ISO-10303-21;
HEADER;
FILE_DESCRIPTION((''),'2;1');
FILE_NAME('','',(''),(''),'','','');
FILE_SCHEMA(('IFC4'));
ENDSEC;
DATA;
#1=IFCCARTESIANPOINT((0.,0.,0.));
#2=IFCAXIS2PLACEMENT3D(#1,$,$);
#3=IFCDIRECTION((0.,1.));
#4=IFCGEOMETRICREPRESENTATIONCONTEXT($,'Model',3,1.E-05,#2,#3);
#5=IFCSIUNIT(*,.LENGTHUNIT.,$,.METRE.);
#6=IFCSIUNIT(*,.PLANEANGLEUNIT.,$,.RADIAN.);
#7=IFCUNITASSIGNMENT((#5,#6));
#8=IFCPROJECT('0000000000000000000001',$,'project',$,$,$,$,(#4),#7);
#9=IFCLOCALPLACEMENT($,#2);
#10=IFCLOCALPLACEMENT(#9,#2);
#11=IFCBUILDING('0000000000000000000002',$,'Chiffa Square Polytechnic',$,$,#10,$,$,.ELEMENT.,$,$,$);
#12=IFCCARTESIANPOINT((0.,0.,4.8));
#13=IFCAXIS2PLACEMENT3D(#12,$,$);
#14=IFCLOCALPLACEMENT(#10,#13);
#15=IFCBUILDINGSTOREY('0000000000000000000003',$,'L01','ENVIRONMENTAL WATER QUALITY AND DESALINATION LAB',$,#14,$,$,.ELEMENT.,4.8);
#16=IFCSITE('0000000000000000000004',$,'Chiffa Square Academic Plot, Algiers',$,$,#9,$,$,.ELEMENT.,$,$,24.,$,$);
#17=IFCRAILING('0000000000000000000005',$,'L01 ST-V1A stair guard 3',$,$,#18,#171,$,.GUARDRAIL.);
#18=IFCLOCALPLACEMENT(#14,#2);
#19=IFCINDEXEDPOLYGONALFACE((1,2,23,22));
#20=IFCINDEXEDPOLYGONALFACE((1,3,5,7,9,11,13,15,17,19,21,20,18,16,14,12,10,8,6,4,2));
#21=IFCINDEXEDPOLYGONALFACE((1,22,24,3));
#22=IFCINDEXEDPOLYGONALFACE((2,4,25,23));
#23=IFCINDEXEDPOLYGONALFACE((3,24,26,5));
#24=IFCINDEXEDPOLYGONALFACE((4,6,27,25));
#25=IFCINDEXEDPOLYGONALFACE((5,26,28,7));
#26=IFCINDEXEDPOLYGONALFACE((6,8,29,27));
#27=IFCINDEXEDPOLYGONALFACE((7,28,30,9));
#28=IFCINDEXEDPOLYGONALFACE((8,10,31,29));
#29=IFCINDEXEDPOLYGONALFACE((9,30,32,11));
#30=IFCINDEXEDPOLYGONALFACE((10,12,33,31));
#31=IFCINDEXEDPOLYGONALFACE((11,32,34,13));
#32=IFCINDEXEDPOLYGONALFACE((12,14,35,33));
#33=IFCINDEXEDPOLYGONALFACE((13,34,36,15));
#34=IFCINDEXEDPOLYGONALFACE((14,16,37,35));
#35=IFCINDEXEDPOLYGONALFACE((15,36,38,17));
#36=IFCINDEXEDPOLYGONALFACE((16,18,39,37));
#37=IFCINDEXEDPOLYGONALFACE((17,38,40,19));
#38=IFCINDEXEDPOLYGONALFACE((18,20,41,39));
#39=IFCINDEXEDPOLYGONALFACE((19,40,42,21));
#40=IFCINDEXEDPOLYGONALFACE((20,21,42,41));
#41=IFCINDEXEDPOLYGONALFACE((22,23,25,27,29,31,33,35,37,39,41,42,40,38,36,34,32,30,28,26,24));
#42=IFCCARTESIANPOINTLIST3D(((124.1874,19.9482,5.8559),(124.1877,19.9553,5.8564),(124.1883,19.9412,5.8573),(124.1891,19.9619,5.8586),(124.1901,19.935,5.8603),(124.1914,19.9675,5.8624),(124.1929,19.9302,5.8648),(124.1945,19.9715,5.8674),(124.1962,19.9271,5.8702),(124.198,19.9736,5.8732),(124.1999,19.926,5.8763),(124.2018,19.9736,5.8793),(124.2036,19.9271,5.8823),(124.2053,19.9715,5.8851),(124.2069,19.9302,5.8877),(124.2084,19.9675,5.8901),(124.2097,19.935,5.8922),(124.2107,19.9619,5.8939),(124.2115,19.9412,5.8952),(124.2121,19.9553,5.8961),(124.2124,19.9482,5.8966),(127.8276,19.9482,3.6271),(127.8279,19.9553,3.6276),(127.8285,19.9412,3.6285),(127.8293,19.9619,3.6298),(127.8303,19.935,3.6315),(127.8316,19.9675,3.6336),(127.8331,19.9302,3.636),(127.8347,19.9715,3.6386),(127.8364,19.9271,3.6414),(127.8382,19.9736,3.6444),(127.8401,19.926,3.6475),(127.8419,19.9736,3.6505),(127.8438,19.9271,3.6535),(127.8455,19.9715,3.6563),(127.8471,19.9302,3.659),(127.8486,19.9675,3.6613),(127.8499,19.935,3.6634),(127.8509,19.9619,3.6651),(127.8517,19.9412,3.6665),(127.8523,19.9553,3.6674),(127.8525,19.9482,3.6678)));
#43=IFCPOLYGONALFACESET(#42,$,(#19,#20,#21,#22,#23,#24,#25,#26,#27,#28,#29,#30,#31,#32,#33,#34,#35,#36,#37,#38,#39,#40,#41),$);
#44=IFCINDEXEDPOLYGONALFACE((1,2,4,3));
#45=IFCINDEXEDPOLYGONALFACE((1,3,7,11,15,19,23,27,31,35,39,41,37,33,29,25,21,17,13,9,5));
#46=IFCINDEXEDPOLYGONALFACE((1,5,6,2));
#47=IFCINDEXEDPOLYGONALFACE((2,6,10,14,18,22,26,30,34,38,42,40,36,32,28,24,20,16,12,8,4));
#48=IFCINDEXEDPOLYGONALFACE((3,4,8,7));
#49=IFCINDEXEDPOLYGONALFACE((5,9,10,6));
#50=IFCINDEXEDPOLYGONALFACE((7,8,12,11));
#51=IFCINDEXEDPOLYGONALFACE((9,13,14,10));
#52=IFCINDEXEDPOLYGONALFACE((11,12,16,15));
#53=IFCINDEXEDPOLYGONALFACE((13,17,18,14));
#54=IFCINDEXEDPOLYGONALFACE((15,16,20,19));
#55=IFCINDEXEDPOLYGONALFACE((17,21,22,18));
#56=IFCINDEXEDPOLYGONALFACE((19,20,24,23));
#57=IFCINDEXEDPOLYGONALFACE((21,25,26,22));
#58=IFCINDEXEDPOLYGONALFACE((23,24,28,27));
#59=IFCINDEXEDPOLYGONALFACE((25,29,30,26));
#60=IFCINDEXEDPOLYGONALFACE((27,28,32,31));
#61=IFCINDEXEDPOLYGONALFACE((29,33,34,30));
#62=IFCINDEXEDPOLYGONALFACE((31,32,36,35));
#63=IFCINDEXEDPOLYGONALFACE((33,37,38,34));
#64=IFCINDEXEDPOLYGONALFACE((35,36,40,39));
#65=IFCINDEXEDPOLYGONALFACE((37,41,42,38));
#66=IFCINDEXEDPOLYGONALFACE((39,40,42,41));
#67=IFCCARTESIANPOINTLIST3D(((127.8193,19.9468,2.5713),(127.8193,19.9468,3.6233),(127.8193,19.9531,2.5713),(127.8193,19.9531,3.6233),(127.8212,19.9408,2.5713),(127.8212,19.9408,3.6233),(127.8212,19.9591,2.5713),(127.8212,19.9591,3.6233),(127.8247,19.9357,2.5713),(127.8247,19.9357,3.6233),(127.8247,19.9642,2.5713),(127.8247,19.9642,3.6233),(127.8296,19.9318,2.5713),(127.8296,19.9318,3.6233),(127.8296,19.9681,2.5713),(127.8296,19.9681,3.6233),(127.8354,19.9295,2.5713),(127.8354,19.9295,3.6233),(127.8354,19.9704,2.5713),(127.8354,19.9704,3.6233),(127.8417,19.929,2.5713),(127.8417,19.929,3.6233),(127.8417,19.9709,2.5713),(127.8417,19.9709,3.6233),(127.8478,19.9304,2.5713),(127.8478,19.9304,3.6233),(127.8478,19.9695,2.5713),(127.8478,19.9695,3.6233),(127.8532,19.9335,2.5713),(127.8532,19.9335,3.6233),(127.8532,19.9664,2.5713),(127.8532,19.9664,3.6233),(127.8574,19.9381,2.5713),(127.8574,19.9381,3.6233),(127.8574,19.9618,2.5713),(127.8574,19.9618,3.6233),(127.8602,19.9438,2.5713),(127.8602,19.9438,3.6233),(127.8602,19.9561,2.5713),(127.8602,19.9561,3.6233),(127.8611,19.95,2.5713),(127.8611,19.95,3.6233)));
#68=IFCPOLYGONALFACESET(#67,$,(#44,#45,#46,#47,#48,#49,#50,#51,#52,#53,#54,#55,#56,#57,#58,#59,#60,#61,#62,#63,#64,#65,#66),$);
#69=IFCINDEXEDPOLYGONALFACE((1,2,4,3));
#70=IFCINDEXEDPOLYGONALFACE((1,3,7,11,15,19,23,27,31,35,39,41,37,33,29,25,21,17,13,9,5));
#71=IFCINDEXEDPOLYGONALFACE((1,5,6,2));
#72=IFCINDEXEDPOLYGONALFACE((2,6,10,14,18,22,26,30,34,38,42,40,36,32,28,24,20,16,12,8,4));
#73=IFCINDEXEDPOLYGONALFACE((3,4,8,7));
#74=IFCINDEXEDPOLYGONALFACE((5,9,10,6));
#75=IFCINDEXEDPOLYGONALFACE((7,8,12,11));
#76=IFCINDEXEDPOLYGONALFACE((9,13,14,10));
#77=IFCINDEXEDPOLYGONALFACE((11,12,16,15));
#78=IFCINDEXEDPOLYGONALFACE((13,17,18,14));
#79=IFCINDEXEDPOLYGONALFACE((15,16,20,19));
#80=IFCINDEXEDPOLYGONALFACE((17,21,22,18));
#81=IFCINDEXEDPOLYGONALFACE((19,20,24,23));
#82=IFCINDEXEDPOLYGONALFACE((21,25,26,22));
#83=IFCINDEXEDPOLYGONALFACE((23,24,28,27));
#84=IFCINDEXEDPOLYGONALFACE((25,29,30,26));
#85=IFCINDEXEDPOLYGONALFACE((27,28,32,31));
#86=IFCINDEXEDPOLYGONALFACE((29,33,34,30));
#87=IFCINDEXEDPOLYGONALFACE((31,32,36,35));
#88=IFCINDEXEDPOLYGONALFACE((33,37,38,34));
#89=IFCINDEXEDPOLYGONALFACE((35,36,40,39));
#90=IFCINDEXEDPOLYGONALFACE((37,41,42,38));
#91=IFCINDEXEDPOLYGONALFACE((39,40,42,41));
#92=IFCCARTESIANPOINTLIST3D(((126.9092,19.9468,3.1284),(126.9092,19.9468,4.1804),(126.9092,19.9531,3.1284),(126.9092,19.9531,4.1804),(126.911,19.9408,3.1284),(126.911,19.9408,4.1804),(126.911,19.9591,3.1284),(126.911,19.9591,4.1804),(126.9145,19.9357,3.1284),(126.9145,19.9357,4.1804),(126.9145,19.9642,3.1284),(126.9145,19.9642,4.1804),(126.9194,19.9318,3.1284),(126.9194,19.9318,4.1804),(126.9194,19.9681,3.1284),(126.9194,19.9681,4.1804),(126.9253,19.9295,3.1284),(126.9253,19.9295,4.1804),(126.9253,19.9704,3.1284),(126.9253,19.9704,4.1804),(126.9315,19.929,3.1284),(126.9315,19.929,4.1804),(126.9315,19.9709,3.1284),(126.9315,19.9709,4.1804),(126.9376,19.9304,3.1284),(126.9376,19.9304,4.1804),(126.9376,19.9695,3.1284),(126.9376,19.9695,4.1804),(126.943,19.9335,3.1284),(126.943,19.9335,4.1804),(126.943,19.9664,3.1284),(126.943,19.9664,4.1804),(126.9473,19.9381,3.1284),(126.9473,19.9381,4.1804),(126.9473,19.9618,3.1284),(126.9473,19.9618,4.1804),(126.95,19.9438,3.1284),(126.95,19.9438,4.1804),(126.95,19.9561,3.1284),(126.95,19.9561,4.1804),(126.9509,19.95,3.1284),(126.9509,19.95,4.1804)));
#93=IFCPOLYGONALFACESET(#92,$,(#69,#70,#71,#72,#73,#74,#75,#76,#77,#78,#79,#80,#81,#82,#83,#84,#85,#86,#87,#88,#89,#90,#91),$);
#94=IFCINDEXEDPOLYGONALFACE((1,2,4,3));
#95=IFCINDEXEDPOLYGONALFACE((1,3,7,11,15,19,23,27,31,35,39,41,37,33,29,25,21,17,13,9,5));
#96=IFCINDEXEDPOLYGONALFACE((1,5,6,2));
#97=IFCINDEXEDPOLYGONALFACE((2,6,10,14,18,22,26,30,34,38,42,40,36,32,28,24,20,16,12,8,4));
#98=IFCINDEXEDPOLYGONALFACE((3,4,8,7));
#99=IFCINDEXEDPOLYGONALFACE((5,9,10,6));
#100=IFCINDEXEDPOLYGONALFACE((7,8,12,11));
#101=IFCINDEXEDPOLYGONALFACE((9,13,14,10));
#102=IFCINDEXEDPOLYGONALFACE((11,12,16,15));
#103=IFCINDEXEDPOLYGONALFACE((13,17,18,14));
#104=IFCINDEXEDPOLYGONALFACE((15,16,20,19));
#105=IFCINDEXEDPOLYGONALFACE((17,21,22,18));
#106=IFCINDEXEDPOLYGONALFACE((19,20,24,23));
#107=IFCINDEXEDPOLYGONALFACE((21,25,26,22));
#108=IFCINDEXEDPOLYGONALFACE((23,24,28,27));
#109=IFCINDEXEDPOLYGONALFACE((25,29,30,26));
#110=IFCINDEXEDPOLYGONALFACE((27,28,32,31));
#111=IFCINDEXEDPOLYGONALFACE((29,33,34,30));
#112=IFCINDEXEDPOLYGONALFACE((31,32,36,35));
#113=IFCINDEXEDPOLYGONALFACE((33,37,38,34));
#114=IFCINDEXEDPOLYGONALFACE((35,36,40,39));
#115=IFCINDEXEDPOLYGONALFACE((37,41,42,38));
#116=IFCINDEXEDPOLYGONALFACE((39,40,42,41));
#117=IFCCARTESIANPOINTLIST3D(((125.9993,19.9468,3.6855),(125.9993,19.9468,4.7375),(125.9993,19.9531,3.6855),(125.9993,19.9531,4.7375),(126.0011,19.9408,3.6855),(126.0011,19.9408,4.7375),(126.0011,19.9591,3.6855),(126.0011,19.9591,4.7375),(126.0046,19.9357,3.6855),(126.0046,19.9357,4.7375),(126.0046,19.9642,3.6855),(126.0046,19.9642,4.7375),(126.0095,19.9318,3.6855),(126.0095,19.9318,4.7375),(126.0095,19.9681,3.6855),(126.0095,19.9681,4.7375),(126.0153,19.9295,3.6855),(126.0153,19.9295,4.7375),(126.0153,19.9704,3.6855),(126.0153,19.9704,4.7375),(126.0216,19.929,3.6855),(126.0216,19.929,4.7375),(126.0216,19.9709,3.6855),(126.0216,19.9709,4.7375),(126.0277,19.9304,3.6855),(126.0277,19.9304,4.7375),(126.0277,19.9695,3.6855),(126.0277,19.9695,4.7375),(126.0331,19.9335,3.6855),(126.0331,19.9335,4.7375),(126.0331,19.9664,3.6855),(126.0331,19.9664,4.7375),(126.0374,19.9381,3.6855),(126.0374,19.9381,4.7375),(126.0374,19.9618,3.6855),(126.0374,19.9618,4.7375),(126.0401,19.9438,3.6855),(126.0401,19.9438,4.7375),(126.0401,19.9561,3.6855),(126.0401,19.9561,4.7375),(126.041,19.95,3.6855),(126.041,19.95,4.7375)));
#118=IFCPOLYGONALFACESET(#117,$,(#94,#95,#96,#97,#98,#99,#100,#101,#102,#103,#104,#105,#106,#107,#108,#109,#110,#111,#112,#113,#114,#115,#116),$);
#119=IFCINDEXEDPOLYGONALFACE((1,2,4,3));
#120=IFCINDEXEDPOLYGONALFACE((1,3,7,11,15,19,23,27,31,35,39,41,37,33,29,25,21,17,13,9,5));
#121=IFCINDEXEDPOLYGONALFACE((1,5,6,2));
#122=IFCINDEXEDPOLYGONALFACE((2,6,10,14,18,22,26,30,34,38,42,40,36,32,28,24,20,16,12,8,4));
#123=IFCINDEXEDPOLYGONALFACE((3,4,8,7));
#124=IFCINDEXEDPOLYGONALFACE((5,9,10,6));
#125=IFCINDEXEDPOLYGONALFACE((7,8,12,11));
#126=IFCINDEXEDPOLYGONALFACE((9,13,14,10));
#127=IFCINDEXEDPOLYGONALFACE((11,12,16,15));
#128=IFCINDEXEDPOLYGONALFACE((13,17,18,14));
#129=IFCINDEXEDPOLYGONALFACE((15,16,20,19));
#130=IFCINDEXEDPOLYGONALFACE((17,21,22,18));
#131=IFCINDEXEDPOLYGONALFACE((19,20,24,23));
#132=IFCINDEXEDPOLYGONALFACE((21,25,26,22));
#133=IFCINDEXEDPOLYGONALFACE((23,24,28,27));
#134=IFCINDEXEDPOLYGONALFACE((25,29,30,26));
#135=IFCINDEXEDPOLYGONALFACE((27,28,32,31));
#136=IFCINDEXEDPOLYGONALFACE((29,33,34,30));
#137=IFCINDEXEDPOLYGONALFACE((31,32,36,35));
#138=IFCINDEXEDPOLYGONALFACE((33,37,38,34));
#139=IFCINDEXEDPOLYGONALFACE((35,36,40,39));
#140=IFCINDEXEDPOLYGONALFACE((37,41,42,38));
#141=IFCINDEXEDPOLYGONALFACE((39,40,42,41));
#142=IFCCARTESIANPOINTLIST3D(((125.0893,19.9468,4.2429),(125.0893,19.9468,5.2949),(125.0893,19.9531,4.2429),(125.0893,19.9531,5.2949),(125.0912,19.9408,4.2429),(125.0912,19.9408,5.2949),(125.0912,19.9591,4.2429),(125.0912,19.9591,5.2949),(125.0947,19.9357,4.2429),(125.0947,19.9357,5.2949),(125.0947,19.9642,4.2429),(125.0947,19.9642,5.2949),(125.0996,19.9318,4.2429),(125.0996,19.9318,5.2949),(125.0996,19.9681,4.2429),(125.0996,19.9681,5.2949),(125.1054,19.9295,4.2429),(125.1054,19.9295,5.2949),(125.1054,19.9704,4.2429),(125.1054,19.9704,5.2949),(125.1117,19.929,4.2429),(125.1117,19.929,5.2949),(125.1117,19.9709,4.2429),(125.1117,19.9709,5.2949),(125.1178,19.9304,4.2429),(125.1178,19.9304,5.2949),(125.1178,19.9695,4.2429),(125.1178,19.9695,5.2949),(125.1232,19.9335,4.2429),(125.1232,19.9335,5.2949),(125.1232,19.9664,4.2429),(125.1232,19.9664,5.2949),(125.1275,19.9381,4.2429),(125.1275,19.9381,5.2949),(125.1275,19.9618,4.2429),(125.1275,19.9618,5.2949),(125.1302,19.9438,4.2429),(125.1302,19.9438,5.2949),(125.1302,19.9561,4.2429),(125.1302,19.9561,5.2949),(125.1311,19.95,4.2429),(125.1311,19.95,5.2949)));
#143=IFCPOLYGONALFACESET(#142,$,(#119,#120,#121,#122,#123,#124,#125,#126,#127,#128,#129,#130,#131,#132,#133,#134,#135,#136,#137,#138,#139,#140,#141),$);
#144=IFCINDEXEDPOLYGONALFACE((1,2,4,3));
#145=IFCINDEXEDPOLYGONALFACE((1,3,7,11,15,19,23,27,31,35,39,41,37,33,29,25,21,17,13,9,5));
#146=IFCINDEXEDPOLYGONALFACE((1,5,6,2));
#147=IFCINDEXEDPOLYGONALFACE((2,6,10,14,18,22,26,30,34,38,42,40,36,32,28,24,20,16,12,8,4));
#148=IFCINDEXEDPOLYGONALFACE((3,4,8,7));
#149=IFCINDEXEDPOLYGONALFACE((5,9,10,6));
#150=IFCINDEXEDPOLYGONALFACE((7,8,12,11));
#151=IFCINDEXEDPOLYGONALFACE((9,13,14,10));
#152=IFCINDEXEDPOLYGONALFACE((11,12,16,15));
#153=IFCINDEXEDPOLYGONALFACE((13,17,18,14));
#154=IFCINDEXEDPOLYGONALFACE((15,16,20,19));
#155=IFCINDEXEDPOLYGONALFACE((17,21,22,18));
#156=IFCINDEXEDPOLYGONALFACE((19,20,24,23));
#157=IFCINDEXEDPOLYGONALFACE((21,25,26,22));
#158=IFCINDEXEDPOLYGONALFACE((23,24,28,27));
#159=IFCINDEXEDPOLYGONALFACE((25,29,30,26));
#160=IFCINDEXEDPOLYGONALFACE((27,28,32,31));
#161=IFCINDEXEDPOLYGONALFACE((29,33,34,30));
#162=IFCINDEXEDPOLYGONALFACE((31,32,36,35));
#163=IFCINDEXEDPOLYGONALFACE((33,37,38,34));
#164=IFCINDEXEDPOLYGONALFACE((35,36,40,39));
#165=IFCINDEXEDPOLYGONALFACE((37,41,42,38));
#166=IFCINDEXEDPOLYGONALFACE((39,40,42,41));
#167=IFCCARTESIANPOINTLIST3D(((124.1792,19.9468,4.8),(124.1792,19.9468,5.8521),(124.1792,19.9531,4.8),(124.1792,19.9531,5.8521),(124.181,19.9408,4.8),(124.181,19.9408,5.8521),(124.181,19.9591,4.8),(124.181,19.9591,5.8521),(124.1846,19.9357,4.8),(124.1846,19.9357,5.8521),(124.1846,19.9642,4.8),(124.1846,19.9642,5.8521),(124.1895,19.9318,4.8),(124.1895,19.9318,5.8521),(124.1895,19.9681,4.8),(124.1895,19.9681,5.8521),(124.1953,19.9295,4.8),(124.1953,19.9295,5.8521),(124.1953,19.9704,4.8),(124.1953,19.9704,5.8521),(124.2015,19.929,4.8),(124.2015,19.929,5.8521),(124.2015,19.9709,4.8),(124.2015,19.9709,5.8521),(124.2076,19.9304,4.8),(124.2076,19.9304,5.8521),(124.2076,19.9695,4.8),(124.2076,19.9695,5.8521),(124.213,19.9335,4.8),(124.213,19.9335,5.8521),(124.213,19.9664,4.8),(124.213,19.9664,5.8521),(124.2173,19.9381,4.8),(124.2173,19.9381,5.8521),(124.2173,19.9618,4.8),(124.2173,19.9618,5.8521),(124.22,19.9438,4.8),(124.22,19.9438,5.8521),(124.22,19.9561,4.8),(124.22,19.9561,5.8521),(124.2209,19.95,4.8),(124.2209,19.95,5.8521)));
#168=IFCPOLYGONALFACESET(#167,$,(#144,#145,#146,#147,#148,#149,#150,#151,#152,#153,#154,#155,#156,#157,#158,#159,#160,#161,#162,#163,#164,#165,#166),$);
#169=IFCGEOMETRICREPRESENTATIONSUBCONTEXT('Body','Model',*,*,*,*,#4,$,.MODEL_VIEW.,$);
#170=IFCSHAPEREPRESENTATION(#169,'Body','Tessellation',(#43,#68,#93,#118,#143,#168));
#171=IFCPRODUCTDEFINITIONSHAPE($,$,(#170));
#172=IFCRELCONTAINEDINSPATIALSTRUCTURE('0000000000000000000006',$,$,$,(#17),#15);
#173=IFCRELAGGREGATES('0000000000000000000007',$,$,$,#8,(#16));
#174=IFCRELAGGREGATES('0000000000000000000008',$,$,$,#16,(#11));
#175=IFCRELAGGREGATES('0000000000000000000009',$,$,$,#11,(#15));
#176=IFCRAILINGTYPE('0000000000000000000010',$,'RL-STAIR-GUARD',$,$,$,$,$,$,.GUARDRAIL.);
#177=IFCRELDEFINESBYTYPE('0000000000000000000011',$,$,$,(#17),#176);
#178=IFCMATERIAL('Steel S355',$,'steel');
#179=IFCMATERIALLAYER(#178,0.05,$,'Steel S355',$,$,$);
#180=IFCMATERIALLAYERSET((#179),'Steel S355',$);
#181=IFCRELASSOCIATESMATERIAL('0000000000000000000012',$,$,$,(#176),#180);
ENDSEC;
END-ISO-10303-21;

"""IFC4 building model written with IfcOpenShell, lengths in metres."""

from ifc_helpers import new_model, si_unit, direction, frame, origin, origin_2d, place, context, subcontext, project, spatial, circle, extrude, material, layer, layer_set, type_object, element, save


model = new_model("IFC4")

# Units and contexts
model_context = context("Model", 3, precision=1e-05, world=origin(), true_north=direction((0.0, 1.0)))
body_context = subcontext(model_context, "Body", "Model", "MODEL_VIEW")
ifc_project = project(units=[si_unit("LENGTHUNIT", "METRE"), si_unit("PLANEANGLEUNIT", "RADIAN")], contexts=[model_context])

# Site, building, storey
site_placement = place(None, origin())
site = spatial("IfcSite", under=ifc_project, at=site_placement, Name="Chiffa Square Academic Plot, Algiers", CompositionType="ELEMENT", RefElevation=24.0)
building_placement = place(site_placement, origin())
building = spatial("IfcBuilding", under=site, at=building_placement, Name="Chiffa Square Polytechnic", CompositionType="ELEMENT")
storey_placement = place(building_placement, frame((0.0, 0.0, 4.8)))
storey = spatial("IfcBuildingStorey", under=building, at=storey_placement, Name="L01", Description="ENVIRONMENTAL WATER QUALITY AND DESALINATION LAB", CompositionType="ELEMENT", Elevation=4.8)

# Railing
ifc_material_1 = material(Name="Steel S355", Category="steel")
ifc_layer_1 = layer(ifc_material_1, 0.05, Name="Steel S355")
ifc_layer_set_1 = layer_set([ifc_layer_1], Name="Steel S355")
railing_type_1 = type_object("IfcRailingType", Name="RL-STAIR-GUARD", PredefinedType="GUARDRAIL", material=ifc_layer_set_1)
railing_1_placement = place(storey_placement, frame((127.8401, 19.95, 2.5713)))
element("IfcRailing", 1, at=railing_1_placement, inside=storey, type_object=railing_type_1, Name="L01 ST-V1A stair guard 3", PredefinedType="GUARDRAIL", context=body_context, shape_type="SweptSolid", body=[
    extrude(circle(Radius=0.0239, at=origin_2d()), frame((0.0, 0.0, 1.0762), z_axis=(-0.85284, 0.0, 0.522172), x_axis=(0.0, -1.0, 0.0)), (0.0, 0.0, 1.0), 4.2683),
    extrude(circle(Radius=0.021, at=origin_2d()), origin(), (0.0, 0.0, 1.0), 1.052),
    extrude(circle(Radius=0.021, at=origin_2d()), frame((-0.9102, 0.0, 0.5571)), (0.0, 0.0, 1.0), 1.052),
    extrude(circle(Radius=0.021, at=origin_2d()), frame((-1.8201, 0.0, 1.1143)), (0.0, 0.0, 1.0), 1.052),
    extrude(circle(Radius=0.021, at=origin_2d()), frame((-2.73, 0.0, 1.6716)), (0.0, 0.0, 1.0), 1.052),
    extrude(circle(Radius=0.021, at=origin_2d()), frame((-3.6401, 0.0, 2.2288)), (0.0, 0.0, 1.0), 1.052),
])

save(model, "model.ifc")
